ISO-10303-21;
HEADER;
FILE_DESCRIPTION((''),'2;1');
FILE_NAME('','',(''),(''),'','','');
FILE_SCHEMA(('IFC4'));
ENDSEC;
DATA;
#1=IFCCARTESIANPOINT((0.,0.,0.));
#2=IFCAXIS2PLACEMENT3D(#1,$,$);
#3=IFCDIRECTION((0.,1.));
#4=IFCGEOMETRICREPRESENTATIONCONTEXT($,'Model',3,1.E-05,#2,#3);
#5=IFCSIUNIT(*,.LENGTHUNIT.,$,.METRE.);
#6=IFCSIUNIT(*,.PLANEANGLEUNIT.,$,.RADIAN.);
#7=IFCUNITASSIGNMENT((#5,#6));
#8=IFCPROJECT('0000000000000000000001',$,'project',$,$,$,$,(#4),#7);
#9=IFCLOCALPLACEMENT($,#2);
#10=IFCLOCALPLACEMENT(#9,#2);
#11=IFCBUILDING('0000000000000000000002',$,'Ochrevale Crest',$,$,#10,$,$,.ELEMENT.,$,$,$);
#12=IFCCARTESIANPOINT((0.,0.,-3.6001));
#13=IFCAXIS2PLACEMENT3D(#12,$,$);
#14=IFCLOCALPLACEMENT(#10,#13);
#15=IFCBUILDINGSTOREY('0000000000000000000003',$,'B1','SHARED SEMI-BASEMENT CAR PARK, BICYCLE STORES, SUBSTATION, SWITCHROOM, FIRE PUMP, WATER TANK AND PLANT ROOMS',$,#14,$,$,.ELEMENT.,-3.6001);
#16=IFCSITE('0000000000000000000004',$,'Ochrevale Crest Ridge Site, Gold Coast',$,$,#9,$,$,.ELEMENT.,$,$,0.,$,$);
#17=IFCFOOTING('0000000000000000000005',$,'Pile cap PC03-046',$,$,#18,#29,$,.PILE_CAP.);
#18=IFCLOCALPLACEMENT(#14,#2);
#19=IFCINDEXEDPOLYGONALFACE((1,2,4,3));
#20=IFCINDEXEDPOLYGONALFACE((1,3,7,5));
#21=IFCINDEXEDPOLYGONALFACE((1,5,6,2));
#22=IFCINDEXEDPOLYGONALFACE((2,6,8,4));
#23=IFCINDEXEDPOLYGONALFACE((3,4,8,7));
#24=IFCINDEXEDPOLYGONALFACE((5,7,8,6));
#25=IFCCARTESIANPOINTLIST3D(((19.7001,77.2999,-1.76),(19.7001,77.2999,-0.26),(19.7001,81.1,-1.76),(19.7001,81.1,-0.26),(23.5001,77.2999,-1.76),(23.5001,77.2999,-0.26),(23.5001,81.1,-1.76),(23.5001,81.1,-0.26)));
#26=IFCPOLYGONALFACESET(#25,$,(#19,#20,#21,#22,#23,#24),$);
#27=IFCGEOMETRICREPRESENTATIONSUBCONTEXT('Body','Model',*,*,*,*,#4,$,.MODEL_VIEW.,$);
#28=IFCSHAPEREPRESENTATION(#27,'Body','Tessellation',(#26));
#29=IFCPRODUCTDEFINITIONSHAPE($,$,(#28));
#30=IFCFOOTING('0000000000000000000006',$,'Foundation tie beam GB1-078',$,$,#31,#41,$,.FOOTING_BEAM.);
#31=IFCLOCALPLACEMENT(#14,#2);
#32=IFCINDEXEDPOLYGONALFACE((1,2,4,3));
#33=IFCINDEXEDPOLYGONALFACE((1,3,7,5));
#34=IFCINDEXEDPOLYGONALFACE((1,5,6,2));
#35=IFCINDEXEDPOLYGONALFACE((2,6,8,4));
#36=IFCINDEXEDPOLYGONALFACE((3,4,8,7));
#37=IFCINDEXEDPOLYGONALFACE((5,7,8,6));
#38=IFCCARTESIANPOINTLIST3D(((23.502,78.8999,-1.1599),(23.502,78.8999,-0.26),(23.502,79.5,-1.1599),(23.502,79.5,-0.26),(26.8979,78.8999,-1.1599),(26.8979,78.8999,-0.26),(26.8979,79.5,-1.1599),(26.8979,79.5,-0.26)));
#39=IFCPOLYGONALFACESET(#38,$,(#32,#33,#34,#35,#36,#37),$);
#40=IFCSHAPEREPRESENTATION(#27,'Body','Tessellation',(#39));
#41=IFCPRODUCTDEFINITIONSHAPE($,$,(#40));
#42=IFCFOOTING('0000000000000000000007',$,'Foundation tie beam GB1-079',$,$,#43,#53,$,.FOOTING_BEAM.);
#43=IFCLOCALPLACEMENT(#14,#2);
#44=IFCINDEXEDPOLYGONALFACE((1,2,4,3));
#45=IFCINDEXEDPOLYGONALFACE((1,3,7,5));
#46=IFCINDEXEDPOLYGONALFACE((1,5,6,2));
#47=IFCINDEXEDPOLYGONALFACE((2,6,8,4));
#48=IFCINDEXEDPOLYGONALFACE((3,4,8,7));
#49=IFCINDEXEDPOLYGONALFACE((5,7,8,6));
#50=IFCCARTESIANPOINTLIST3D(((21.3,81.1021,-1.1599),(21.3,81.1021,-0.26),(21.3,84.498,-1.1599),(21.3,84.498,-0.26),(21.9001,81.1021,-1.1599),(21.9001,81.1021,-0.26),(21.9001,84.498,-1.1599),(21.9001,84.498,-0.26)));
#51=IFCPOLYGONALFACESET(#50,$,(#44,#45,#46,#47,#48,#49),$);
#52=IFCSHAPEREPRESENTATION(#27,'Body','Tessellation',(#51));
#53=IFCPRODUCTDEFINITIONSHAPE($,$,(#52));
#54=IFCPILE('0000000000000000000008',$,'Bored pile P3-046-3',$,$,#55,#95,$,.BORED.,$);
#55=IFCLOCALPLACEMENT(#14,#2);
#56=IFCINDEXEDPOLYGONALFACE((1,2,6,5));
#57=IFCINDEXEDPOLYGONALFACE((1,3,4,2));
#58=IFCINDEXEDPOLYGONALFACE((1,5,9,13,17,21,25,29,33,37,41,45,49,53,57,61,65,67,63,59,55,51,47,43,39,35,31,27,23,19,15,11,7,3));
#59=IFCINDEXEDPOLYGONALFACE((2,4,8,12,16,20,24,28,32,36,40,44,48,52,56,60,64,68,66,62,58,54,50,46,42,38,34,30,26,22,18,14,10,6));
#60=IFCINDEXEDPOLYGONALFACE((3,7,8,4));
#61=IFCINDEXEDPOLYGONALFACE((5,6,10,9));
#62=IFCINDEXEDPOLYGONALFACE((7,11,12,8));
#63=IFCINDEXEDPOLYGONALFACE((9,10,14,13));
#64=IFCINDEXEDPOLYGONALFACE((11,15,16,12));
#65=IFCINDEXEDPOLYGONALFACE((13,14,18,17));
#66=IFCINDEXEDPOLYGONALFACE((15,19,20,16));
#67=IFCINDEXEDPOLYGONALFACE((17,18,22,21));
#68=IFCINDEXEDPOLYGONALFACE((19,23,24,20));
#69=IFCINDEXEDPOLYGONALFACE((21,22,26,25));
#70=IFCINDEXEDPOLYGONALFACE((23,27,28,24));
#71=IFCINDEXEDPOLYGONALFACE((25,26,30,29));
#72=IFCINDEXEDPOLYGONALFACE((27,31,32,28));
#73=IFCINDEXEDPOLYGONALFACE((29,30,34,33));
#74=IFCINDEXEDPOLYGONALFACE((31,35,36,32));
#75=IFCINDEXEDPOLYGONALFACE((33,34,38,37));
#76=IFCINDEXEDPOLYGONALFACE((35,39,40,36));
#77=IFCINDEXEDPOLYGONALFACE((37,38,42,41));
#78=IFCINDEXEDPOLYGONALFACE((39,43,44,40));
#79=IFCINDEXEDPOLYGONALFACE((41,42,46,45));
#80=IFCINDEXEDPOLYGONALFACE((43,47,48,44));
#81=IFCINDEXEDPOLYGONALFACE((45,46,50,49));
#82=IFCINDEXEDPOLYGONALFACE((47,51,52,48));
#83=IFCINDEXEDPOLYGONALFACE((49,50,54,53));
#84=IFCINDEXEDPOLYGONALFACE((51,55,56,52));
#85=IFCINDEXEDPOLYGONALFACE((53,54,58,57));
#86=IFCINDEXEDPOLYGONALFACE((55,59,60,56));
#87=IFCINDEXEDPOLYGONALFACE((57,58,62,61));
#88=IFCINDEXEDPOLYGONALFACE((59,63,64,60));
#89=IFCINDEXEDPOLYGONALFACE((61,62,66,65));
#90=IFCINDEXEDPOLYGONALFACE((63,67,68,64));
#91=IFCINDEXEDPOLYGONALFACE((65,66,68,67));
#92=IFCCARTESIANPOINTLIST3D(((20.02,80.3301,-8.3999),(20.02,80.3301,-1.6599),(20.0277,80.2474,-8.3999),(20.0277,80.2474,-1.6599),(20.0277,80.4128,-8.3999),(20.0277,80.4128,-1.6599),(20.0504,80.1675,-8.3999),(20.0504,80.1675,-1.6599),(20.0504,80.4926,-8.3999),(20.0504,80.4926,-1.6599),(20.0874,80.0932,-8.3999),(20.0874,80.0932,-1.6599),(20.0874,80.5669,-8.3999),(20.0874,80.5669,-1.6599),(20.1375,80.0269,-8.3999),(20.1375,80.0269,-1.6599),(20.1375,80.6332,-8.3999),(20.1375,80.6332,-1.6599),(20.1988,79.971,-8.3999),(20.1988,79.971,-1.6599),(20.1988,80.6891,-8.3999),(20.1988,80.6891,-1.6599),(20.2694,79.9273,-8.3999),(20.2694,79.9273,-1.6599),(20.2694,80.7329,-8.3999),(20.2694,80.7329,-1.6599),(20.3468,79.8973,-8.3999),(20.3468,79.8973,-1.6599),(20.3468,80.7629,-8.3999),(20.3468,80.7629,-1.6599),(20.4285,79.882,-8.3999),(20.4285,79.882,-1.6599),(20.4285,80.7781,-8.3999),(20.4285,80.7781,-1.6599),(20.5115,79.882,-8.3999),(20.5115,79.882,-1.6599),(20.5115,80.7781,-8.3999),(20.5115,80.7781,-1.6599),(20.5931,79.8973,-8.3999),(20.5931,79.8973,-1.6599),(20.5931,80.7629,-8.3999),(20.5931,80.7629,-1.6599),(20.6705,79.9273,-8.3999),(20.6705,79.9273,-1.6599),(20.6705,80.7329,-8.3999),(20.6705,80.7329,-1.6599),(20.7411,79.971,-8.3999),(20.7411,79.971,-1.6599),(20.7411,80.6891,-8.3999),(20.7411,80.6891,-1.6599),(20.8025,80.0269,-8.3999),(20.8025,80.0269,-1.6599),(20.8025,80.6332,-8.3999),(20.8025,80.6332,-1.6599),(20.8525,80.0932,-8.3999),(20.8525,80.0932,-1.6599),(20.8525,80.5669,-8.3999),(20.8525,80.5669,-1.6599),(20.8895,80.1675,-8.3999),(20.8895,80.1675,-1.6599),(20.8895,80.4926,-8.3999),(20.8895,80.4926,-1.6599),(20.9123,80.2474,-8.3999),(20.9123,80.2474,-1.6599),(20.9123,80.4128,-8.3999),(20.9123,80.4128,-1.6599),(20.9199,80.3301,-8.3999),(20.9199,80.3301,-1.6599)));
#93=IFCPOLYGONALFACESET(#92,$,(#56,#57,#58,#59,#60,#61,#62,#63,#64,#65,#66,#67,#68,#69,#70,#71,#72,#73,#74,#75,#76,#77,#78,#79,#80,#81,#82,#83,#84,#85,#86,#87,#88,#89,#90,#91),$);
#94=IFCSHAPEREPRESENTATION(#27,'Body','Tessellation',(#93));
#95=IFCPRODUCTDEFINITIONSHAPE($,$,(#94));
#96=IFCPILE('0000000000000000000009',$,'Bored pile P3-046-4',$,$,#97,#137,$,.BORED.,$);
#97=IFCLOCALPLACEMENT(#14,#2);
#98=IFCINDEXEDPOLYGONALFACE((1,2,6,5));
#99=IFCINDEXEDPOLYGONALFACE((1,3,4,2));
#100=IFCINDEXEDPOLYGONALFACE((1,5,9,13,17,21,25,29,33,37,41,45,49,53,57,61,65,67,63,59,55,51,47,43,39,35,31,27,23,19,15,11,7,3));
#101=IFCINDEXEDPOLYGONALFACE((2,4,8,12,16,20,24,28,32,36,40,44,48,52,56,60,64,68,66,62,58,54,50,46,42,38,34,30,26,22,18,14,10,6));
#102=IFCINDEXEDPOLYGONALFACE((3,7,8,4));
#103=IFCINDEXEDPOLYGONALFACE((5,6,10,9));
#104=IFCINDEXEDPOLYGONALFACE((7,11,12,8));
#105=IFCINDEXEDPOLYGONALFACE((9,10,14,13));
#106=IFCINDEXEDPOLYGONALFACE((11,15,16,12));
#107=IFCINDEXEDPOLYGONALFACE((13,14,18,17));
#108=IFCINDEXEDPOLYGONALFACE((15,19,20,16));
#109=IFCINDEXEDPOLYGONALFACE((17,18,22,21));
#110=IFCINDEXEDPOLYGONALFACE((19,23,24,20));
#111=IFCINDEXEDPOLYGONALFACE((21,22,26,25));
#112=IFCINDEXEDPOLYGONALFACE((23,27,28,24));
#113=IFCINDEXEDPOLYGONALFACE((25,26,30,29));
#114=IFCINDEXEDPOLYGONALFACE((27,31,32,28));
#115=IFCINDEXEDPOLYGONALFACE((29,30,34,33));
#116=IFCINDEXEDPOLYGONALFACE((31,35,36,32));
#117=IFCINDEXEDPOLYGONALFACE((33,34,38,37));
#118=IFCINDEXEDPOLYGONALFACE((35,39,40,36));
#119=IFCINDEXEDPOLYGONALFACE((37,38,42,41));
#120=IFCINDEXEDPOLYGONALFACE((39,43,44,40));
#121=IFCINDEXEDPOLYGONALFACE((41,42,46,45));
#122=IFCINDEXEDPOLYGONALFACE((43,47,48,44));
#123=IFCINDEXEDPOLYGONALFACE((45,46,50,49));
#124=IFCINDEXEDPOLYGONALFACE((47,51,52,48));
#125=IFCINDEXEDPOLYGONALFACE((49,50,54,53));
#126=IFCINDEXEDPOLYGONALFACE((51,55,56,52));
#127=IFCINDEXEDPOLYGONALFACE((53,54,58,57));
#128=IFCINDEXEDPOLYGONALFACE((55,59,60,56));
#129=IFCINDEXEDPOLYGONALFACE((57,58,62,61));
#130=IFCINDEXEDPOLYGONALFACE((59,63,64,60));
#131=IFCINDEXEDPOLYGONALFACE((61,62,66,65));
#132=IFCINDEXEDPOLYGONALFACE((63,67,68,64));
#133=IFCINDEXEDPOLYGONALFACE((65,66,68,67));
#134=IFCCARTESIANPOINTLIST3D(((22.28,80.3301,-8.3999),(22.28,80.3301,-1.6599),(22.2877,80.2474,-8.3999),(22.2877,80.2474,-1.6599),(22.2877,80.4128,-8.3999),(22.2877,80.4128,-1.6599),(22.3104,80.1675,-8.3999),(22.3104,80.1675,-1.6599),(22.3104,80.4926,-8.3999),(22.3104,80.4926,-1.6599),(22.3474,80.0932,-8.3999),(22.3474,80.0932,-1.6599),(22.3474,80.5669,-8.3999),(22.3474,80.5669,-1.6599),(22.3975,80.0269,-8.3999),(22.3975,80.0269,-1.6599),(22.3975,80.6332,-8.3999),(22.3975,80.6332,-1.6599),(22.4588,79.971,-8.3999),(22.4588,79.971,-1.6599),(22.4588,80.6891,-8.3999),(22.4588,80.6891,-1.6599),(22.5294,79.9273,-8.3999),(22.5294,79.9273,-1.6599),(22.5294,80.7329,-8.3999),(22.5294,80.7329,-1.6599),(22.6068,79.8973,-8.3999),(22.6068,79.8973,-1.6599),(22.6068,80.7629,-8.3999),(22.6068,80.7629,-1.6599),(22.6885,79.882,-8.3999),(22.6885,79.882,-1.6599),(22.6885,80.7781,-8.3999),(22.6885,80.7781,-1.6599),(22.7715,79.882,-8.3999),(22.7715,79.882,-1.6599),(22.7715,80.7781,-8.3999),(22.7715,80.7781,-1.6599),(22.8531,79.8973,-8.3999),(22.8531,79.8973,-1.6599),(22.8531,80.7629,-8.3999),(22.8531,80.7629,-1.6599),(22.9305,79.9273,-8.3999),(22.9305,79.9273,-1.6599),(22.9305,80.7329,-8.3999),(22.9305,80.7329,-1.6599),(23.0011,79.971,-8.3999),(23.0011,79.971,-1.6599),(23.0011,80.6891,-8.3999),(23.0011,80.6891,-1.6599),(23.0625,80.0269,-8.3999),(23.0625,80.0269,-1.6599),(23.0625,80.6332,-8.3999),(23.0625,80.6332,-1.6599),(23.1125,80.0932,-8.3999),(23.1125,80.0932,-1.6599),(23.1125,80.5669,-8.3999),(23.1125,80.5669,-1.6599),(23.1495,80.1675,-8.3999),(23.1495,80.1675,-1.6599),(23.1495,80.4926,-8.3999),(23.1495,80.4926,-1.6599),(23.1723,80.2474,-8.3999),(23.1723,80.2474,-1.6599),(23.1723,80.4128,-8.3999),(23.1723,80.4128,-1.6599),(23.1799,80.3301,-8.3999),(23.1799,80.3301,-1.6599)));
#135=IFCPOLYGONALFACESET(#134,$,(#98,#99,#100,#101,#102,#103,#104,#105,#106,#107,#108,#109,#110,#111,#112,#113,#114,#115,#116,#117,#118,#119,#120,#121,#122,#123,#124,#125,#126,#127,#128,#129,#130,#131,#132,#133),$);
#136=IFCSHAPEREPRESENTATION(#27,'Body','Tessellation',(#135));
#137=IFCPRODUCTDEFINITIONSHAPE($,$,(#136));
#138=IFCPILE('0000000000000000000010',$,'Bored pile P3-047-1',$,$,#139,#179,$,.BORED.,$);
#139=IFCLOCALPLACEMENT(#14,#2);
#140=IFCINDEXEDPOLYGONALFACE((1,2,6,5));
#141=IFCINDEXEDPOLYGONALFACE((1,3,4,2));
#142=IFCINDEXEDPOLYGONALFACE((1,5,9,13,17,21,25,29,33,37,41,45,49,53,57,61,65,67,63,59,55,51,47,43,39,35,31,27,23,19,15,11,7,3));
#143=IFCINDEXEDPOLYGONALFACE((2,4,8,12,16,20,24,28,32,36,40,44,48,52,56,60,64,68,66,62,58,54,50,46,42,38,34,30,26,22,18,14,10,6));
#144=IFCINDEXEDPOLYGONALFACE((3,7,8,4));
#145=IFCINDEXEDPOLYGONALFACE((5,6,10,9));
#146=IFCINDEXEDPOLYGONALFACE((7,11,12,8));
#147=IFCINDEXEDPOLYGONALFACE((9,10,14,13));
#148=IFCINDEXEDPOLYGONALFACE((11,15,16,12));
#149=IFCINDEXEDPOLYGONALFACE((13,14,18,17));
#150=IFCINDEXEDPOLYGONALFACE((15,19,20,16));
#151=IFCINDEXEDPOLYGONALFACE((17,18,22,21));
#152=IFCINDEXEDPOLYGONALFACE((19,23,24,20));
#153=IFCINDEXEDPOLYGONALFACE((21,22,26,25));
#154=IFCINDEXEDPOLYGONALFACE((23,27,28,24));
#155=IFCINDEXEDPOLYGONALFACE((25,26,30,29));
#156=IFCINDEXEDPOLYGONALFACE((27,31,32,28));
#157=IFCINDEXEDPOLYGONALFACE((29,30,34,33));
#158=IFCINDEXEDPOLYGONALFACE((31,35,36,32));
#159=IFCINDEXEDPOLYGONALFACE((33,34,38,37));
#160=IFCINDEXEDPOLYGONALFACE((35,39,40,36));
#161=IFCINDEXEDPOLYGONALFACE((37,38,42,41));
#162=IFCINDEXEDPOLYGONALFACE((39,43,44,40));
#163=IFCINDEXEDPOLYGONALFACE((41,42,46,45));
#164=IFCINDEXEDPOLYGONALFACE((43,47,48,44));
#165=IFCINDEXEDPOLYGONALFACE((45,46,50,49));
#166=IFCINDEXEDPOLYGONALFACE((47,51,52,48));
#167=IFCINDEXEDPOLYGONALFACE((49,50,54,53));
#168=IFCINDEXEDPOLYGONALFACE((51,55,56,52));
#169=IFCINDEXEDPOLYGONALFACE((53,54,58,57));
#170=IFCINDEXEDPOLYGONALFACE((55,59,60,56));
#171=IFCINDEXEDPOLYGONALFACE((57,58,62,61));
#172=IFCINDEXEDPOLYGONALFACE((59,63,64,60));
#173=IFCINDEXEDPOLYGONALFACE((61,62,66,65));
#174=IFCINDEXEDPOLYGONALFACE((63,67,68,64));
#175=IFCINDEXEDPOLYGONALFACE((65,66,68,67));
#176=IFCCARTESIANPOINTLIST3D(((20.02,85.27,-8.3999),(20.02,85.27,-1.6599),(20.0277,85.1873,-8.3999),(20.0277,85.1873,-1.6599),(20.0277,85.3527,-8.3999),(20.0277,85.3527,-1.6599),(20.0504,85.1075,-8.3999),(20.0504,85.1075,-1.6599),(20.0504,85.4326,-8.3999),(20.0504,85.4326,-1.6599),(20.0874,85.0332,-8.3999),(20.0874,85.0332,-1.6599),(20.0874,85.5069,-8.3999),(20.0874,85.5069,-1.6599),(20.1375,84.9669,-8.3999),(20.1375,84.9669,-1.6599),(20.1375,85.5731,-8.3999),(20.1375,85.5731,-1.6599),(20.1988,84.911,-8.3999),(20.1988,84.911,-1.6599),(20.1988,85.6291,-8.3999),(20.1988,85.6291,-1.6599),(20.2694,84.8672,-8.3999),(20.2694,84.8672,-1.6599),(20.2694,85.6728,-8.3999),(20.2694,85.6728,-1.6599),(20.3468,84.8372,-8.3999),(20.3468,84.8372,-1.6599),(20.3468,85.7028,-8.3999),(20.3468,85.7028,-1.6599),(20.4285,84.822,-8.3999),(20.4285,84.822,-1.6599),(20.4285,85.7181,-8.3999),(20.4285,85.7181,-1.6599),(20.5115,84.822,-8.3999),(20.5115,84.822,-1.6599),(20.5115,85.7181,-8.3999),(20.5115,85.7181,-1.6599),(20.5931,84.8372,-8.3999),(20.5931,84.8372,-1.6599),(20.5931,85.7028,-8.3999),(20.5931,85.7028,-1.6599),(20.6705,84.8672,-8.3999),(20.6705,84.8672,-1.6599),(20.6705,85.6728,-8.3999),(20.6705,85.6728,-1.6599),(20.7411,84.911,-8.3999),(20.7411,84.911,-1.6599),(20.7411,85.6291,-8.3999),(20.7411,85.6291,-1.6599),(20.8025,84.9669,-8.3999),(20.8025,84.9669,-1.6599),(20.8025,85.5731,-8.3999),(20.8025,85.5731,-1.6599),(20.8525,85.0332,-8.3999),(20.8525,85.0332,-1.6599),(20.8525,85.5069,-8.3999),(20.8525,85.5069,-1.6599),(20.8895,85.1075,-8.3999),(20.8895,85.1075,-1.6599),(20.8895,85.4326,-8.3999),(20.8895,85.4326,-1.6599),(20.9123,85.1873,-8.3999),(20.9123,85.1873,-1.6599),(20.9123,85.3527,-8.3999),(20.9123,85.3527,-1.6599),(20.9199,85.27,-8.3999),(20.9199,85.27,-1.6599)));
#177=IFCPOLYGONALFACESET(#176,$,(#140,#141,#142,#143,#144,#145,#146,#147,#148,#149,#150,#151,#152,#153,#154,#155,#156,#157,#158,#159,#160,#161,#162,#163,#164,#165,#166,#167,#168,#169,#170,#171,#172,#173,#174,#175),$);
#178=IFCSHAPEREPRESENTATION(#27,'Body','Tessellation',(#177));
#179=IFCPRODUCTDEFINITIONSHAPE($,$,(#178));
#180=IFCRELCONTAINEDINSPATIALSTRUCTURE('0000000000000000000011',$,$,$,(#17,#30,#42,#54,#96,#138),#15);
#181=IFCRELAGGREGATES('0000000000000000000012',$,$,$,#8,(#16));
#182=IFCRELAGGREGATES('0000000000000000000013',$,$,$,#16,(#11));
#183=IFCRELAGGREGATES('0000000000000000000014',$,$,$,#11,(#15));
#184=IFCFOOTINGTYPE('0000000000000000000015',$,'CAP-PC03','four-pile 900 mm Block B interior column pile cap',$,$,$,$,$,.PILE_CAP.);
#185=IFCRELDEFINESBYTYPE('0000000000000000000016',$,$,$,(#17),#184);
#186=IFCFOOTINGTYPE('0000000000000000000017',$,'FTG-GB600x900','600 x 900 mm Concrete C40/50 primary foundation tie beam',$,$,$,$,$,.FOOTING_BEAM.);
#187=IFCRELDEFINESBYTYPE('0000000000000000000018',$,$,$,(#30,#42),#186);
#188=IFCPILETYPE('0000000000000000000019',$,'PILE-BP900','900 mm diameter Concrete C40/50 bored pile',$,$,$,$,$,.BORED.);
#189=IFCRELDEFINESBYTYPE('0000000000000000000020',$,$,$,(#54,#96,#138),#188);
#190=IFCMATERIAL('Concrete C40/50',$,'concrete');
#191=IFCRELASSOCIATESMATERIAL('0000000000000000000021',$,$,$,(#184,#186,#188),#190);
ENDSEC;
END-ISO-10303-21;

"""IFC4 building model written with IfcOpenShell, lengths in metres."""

from ifc_helpers import new_model, si_unit, direction, frame, origin, origin_2d, place, context, subcontext, project, spatial, rectangle, circle, extrude, material, material_profile, profile_set, type_object, element, save


model = new_model("IFC4")

# Units and contexts
model_context = context("Model", 3, precision=1e-05, world=origin(), true_north=direction((0.0, 1.0)))
body_context = subcontext(model_context, "Body", "Model", "MODEL_VIEW")
ifc_project = project(units=[si_unit("LENGTHUNIT", "METRE"), si_unit("PLANEANGLEUNIT", "RADIAN")], contexts=[model_context])

# Site, building, storey
site_placement = place(None, origin())
site = spatial("IfcSite", under=ifc_project, at=site_placement, Name="Ochrevale Crest Ridge Site, Gold Coast", CompositionType="ELEMENT", RefElevation=0.0)
building_placement = place(site_placement, origin())
building = spatial("IfcBuilding", under=site, at=building_placement, Name="Ochrevale Crest", CompositionType="ELEMENT")
storey_placement = place(building_placement, frame((0.0, 0.0, -3.6001)))
storey = spatial("IfcBuildingStorey", under=building, at=storey_placement, Name="B1", Description="SHARED SEMI-BASEMENT CAR PARK, BICYCLE STORES, SUBSTATION, SWITCHROOM, FIRE PUMP, WATER TANK AND PLANT ROOMS", CompositionType="ELEMENT", Elevation=-3.6001)

# Footings
ifc_material_1 = material(Name="Concrete C40/50", Category="concrete")
footing_type_1 = type_object("IfcFootingType", Name="CAP-PC03", Description="four-pile 900 mm Block B interior column pile cap", PredefinedType="PILE_CAP", material=ifc_material_1)
footing_placement = place(storey_placement, frame((21.6001, 79.2, -1.76), z_axis=(0.0, 0.0, 1.0), x_axis=(1.0, 0.0, 0.0)))
element("IfcFooting", 1, at=footing_placement, inside=storey, type_object=footing_type_1, Name="Pile cap PC03-046", PredefinedType="PILE_CAP", context=body_context, shape_type="SweptSolid", body=[
    extrude(rectangle(XDim=3.8, YDim=3.8, at=origin_2d()), origin(), (0.0, 0.0, 1.0), 1.5),
])
ifc_material_profile_1 = material_profile(ifc_material_1, rectangle(XDim=0.6001, YDim=0.8999, at=origin_2d()), Name="GB 600x900")
ifc_profile_set_1 = profile_set([ifc_material_profile_1], Name="Concrete C40/50")
footing_type_2 = type_object("IfcFootingType", Name="FTG-GB600x900", Description="600 x 900 mm Concrete C40/50 primary foundation tie beam", PredefinedType="FOOTING_BEAM", material=ifc_profile_set_1)
for number, where, z_axis, x_axis, name in (
    (2, (23.502, 79.2, -0.71), (1.0, 0.0, 0.0), (0.0, 1.0, 0.0), "Foundation tie beam GB1-078"),
    (3, (21.6001, 81.1021, -0.71), (0.0, 1.0, 0.0), (-1.0, 0.0, 0.0), "Foundation tie beam GB1-079"),
):
    element("IfcFooting", number, at=place(storey_placement, frame(where, z_axis=z_axis, x_axis=x_axis)), inside=storey, type_object=footing_type_2, Name=name, PredefinedType="FOOTING_BEAM", context=body_context, shape_type="SweptSolid", body=[
        extrude(rectangle(XDim=0.6001, YDim=0.8999, at=origin_2d()), origin(), (0.0, 0.0, 1.0), 3.396),
    ])

# Piles
ifc_material_profile_2 = material_profile(ifc_material_1, circle(Radius=0.45, at=origin_2d()), Name="BORED PILE 900")
ifc_profile_set_2 = profile_set([ifc_material_profile_2], Name="Concrete C40/50")
pile_type = type_object("IfcPileType", Name="PILE-BP900", Description="900 mm diameter Concrete C40/50 bored pile", PredefinedType="BORED", material=ifc_profile_set_2)
for number, where, z_axis, x_axis, name in (
    (4, (20.47, 80.3301, -1.6599), (0.0, 0.0, -1.0), (1.0, 0.0, 0.0), "Bored pile P3-046-3"),
    (5, (22.73, 80.3301, -1.6599), (0.0, 0.0, -1.0), (1.0, 0.0, 0.0), "Bored pile P3-046-4"),
    (6, (20.47, 85.27, -1.6599), (0.0, 0.0, -1.0), (1.0, 0.0, 0.0), "Bored pile P3-047-1"),
):
    element("IfcPile", number, at=place(storey_placement, frame(where, z_axis=z_axis, x_axis=x_axis)), inside=storey, type_object=pile_type, Name=name, PredefinedType="BORED", context=body_context, shape_type="SweptSolid", body=[
        extrude(circle(Radius=0.45, at=origin_2d()), origin(), (0.0, 0.0, 1.0), 6.74),
    ])

save(model, "model.ifc")
